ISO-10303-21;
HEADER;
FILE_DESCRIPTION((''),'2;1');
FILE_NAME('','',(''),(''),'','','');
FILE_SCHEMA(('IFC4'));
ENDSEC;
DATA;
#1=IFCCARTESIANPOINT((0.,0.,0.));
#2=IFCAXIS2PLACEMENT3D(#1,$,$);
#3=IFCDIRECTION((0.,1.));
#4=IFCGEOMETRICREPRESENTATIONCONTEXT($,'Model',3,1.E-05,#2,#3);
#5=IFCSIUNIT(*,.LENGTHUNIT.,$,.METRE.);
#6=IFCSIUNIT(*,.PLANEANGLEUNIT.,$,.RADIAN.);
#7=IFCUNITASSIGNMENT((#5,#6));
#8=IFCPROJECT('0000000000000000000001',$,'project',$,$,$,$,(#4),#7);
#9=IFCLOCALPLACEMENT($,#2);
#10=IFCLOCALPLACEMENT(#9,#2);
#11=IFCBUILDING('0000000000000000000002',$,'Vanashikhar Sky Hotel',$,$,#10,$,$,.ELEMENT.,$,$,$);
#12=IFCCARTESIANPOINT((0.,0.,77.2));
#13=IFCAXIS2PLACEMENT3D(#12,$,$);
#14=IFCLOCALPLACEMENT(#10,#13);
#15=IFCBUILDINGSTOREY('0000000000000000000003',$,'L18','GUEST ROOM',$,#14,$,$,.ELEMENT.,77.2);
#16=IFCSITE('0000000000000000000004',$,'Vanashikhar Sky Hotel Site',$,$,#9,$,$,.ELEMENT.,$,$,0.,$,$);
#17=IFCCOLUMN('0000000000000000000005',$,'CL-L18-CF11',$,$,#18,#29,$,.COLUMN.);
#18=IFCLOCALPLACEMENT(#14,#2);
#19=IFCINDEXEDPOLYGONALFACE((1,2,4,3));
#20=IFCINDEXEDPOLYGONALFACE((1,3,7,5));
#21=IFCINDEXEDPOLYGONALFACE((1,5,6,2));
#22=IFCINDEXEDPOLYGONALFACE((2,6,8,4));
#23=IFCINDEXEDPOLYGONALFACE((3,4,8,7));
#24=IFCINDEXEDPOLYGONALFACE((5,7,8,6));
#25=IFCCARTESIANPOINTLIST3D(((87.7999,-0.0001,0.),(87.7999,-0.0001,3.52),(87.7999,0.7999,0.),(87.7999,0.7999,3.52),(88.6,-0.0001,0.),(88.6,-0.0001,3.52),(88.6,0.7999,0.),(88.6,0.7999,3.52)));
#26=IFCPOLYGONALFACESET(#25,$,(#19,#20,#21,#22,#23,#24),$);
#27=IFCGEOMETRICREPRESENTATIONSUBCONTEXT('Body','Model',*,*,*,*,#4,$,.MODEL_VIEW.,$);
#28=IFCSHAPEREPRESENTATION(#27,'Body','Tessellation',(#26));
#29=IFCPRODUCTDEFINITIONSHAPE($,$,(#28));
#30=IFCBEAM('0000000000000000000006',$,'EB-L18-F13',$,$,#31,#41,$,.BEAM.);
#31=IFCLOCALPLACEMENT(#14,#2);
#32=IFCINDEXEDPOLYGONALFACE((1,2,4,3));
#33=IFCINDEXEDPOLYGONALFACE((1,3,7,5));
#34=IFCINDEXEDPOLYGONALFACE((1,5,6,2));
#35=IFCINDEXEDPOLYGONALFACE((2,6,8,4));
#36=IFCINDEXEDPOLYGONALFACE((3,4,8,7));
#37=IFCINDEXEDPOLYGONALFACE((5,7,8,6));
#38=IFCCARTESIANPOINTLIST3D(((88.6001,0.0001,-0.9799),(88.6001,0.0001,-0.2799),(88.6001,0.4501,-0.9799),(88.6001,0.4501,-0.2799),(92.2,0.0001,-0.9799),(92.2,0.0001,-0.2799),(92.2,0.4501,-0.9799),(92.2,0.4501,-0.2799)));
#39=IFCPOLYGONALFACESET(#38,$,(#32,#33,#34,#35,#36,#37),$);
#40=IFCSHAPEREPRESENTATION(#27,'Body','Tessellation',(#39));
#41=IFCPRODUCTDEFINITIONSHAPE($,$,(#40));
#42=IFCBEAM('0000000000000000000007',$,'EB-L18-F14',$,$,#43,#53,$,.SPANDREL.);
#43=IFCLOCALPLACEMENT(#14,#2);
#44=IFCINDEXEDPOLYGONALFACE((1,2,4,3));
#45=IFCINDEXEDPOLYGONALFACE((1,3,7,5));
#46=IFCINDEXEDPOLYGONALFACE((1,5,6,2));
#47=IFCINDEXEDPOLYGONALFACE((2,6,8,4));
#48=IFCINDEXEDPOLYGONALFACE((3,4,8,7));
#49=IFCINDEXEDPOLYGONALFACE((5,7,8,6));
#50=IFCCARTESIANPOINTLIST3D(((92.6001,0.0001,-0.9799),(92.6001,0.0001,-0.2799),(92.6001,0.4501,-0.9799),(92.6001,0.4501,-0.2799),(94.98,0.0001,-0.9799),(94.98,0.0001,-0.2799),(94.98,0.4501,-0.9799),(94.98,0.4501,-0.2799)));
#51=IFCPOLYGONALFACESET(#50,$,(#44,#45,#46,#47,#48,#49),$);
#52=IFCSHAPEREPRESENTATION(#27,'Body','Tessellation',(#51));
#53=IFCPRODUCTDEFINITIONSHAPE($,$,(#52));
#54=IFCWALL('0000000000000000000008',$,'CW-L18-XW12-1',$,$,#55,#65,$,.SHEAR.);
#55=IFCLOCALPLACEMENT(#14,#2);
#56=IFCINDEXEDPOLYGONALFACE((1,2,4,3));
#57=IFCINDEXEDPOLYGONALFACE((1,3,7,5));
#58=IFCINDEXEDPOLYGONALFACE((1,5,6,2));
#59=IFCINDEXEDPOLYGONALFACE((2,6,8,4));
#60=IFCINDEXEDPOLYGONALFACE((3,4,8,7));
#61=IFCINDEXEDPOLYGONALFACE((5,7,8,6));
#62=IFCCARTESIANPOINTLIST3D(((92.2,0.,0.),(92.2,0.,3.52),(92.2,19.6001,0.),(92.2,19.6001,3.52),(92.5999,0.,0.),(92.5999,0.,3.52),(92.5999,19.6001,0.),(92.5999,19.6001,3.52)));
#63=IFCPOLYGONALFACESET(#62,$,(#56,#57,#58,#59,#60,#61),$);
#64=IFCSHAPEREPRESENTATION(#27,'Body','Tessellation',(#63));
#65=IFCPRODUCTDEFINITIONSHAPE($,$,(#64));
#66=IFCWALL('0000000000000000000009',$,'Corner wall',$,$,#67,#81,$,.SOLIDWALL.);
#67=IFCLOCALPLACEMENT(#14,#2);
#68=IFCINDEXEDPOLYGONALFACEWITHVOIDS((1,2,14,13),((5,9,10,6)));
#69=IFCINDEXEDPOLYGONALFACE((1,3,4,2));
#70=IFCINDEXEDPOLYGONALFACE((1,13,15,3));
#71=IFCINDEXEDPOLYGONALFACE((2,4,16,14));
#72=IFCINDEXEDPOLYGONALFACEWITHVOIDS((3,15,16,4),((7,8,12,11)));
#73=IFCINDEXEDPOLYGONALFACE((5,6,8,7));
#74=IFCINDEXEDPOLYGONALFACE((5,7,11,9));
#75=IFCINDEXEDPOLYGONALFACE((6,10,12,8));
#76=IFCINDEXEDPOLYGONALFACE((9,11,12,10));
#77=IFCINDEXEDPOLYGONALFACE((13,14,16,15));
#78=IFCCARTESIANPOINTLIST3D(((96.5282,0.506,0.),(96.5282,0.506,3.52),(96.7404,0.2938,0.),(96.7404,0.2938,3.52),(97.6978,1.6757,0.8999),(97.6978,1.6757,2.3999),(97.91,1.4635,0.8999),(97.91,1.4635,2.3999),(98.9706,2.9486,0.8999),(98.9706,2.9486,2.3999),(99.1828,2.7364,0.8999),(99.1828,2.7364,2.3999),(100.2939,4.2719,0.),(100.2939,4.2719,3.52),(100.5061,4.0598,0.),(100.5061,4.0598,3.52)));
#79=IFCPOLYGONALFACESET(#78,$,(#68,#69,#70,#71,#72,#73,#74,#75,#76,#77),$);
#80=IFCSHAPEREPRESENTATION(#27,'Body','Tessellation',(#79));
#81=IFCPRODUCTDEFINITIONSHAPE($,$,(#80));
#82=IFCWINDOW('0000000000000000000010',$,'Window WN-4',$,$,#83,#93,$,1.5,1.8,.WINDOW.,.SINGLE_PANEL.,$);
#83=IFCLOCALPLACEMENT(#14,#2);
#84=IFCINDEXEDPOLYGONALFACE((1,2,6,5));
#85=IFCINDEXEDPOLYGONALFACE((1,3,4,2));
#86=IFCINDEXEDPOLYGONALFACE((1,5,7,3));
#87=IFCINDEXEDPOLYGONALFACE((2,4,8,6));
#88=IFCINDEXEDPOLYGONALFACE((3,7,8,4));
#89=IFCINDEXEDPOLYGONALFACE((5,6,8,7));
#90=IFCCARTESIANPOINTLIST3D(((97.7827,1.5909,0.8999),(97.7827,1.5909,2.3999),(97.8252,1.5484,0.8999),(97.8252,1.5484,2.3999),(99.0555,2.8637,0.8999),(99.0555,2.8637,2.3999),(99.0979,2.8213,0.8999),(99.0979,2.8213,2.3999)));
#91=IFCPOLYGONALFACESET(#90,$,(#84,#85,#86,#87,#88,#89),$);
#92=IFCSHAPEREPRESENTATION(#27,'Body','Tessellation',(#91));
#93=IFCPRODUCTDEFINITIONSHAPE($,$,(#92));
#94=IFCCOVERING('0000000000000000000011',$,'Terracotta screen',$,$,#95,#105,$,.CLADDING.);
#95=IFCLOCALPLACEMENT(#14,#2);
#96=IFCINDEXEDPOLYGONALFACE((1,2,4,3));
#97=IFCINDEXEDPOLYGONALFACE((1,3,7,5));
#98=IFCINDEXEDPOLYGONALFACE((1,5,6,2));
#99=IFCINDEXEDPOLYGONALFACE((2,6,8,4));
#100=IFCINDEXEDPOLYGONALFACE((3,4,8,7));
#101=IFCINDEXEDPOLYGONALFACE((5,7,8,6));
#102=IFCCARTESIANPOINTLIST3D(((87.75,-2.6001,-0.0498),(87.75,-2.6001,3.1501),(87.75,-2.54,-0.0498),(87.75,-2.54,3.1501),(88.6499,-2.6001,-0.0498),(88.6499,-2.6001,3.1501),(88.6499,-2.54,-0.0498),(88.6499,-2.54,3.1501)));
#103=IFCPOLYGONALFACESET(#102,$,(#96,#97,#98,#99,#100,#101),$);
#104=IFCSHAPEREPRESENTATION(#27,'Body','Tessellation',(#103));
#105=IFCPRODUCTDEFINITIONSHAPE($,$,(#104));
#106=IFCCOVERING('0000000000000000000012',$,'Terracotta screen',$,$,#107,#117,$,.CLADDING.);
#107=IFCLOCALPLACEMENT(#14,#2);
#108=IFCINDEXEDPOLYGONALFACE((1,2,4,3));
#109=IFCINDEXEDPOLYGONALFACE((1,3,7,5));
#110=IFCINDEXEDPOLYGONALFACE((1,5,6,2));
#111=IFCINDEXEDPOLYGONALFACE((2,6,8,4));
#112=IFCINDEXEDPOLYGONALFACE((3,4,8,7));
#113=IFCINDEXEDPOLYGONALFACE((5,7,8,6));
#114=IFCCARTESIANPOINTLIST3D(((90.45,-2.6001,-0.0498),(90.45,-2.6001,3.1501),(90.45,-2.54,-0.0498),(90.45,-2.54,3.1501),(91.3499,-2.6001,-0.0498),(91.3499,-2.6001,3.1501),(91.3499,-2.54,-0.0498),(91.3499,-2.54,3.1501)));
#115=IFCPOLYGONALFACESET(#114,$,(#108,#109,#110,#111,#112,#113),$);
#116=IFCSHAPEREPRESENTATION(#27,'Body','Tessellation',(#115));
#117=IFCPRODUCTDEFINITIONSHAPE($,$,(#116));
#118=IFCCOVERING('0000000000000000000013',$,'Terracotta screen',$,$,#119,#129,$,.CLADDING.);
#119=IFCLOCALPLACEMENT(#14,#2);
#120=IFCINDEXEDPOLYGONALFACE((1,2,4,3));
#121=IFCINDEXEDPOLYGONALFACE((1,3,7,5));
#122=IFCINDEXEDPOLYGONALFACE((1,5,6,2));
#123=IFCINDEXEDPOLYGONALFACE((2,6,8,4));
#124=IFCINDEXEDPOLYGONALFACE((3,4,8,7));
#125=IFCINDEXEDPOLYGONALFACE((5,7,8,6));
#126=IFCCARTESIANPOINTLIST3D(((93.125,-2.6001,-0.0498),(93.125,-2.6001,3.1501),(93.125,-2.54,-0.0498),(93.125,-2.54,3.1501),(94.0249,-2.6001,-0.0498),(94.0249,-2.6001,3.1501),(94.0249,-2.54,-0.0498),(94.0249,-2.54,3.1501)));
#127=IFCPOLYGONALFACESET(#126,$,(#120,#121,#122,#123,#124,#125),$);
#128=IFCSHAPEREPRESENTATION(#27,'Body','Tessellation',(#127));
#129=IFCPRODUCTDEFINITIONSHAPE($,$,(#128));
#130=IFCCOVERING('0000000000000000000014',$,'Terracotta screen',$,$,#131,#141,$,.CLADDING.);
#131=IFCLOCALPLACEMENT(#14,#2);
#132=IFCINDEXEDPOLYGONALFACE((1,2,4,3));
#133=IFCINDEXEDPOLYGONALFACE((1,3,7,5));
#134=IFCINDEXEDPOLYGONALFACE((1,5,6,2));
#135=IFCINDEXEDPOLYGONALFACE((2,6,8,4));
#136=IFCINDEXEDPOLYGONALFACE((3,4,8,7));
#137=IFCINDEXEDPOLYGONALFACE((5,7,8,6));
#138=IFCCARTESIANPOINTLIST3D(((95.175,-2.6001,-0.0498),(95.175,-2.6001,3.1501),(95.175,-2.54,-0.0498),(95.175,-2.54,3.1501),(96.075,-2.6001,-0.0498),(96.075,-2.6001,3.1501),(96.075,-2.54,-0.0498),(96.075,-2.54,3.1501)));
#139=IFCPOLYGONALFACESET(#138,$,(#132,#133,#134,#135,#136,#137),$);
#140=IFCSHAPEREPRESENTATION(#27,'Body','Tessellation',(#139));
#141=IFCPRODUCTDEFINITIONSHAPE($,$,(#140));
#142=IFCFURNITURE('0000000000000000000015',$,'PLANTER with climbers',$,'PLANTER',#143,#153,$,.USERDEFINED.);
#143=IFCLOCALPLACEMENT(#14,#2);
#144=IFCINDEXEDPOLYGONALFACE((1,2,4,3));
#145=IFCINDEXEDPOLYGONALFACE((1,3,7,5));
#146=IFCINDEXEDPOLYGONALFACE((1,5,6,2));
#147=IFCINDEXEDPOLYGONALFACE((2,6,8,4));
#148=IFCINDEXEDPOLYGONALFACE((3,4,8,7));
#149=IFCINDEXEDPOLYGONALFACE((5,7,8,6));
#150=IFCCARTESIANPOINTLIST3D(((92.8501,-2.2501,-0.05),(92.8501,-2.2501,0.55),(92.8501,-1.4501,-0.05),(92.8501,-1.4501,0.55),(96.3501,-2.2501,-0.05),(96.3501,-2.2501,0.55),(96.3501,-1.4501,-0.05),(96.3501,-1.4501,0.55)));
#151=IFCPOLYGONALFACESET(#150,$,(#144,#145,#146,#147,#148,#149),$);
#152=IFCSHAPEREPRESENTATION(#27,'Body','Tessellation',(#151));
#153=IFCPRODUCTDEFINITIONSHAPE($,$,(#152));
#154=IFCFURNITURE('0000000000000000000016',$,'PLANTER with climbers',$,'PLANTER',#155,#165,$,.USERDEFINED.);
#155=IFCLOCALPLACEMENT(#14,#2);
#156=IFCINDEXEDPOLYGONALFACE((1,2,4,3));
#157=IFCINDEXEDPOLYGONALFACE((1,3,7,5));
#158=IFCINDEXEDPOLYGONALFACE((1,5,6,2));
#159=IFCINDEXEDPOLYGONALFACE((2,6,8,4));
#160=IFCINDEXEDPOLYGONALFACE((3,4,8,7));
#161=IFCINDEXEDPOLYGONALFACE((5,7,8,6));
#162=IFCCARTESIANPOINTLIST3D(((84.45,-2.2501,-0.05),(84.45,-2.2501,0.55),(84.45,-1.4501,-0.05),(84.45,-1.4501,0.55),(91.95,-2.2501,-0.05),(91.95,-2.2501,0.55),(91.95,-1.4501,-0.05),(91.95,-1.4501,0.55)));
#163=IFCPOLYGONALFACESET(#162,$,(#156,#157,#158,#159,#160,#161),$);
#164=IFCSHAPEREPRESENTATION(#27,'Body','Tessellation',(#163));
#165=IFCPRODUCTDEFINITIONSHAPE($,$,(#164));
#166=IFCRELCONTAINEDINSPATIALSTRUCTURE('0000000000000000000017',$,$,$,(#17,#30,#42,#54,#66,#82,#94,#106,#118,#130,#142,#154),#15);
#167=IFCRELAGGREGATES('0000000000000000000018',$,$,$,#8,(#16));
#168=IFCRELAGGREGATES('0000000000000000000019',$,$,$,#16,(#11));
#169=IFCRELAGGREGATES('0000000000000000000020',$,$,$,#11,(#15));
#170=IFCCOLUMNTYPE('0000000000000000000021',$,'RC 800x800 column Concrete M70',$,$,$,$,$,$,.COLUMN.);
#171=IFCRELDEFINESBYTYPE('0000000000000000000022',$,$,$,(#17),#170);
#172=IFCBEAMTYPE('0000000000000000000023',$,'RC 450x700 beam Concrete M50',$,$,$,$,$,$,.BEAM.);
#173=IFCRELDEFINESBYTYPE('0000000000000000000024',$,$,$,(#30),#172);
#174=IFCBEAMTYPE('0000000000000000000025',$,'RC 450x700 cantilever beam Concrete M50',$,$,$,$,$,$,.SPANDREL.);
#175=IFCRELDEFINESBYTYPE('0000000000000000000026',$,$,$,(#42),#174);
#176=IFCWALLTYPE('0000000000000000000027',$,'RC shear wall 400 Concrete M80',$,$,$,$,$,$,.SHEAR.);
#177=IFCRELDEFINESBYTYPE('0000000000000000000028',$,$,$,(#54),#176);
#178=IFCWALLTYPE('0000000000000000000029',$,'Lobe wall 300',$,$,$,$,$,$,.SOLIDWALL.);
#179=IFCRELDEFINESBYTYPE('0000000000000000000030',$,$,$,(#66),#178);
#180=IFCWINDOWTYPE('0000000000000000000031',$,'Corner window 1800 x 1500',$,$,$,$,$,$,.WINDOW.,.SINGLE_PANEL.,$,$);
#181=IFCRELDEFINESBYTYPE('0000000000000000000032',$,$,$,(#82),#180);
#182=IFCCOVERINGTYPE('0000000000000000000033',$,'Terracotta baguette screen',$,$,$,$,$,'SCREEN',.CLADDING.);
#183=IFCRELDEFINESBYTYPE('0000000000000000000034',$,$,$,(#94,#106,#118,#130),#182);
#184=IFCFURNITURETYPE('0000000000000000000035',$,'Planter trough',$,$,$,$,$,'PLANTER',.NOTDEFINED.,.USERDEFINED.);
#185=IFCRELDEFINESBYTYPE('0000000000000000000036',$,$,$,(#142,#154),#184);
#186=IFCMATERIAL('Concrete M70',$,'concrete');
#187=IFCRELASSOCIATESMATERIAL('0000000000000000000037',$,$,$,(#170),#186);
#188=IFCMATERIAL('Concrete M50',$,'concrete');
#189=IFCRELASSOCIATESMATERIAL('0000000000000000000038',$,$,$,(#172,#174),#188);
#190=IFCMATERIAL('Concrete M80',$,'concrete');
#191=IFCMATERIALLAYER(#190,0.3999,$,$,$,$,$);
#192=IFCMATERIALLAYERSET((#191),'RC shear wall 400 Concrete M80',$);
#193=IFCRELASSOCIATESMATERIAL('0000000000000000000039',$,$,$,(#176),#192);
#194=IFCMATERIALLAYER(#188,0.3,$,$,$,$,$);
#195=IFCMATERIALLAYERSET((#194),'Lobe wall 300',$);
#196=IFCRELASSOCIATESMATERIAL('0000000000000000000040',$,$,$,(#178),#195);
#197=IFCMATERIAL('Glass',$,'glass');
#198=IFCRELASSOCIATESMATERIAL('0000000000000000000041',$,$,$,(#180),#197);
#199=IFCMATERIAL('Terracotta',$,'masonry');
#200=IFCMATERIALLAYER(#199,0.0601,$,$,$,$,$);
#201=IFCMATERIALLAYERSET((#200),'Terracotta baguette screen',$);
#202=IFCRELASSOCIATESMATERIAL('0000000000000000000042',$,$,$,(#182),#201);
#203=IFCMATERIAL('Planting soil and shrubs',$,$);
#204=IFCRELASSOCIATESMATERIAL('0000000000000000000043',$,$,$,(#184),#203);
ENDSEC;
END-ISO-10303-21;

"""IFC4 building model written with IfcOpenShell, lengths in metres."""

from ifc_helpers import new_model, si_unit, direction, frame, frame_2d, origin, origin_2d, place, context, subcontext, project, spatial, rectangle, extrude, source, transform, mapped, material, layer, layer_set, material_profile, profile_set, type_object, element, fill, save


model = new_model("IFC4")

# Units and contexts
model_context = context("Model", 3, precision=1e-05, world=origin(), true_north=direction((0.0, 1.0)))
body_context = subcontext(model_context, "Body", "Model", "MODEL_VIEW")
ifc_project = project(units=[si_unit("LENGTHUNIT", "METRE"), si_unit("PLANEANGLEUNIT", "RADIAN")], contexts=[model_context])

# Site, building, storey
site_placement = place(None, origin())
site = spatial("IfcSite", under=ifc_project, at=site_placement, Name="Vanashikhar Sky Hotel Site", CompositionType="ELEMENT", RefElevation=0.0)
building_placement = place(site_placement, origin())
building = spatial("IfcBuilding", under=site, at=building_placement, Name="Vanashikhar Sky Hotel", CompositionType="ELEMENT")
storey_placement = place(building_placement, frame((0.0, 0.0, 77.2)))
storey = spatial("IfcBuildingStorey", under=building, at=storey_placement, Name="L18", Description="GUEST ROOM", CompositionType="ELEMENT", Elevation=77.2)

# Column
ifc_material_1 = material(Name="Concrete M70", Category="concrete")
ifc_material_profile_1 = material_profile(ifc_material_1, rectangle(XDim=0.8, YDim=0.8, at=origin_2d()))
ifc_profile_set_1 = profile_set([ifc_material_profile_1], Name="RC 800x800 column Concrete M70")
column_type = type_object("IfcColumnType", Name="RC 800x800 column Concrete M70", PredefinedType="COLUMN", material=ifc_profile_set_1)
shared_shape_1 = source(origin(), body_context, "Body", "SweptSolid", [
    extrude(rectangle(XDim=0.8, YDim=0.8, at=origin_2d()), origin(), (0.0, 0.0, 1.0), 3.52),
])
column_placement = place(storey_placement, frame((88.2, 0.3999, 0.0), z_axis=(0.0, 0.0, 1.0), x_axis=(1.0, 0.0, 0.0)))
element("IfcColumn", 1, at=column_placement, inside=storey, type_object=column_type, Name="CL-L18-CF11", PredefinedType="COLUMN", context=body_context, shape_type="MappedRepresentation", body=[
    mapped(shared_shape_1, transform((0.0, 0.0, 0.0), scale=1.0)),
])

# Beams
ifc_material_2 = material(Name="Concrete M50", Category="concrete")
ifc_material_profile_2 = material_profile(ifc_material_2, rectangle(XDim=0.45, YDim=0.7, at=origin_2d()))
ifc_profile_set_2 = profile_set([ifc_material_profile_2], Name="RC 450x700 beam Concrete M50")
beam_type_1 = type_object("IfcBeamType", Name="RC 450x700 beam Concrete M50", PredefinedType="BEAM", material=ifc_profile_set_2)
shared_shape_2 = source(origin(), body_context, "Body", "SweptSolid", [
    extrude(rectangle(XDim=0.45, YDim=0.7, at=origin_2d()), origin(), (0.0, 0.0, 1.0), 3.5999),
])
beam_1_placement = place(storey_placement, frame((88.6001, 0.2251, -0.6299), z_axis=(1.0, 0.0, 0.0), x_axis=(0.0, 1.0, 0.0)))
element("IfcBeam", 2, at=beam_1_placement, inside=storey, type_object=beam_type_1, Name="EB-L18-F13", PredefinedType="BEAM", context=body_context, shape_type="MappedRepresentation", body=[
    mapped(shared_shape_2, transform((0.0, 0.0, 0.0), scale=1.0)),
])
ifc_material_profile_3 = material_profile(ifc_material_2, rectangle(XDim=0.45, YDim=0.7, at=origin_2d()))
ifc_profile_set_3 = profile_set([ifc_material_profile_3], Name="RC 450x700 cantilever beam Concrete M50")
beam_type_2 = type_object("IfcBeamType", Name="RC 450x700 cantilever beam Concrete M50", PredefinedType="SPANDREL", material=ifc_profile_set_3)
shared_shape_3 = source(origin(), body_context, "Body", "SweptSolid", [
    extrude(rectangle(XDim=0.45, YDim=0.7, at=origin_2d()), origin(), (0.0, 0.0, 1.0), 2.3799),
])
beam_2_placement = place(storey_placement, frame((92.6001, 0.2251, -0.6299), z_axis=(1.0, 0.0, 0.0), x_axis=(0.0, 1.0, 0.0)))
element("IfcBeam", 3, at=beam_2_placement, inside=storey, type_object=beam_type_2, Name="EB-L18-F14", PredefinedType="SPANDREL", context=body_context, shape_type="MappedRepresentation", body=[
    mapped(shared_shape_3, transform((0.0, 0.0, 0.0), scale=1.0)),
])

# Wall
ifc_material_3 = material(Name="Concrete M80", Category="concrete")
ifc_layer_1 = layer(ifc_material_3, 0.3999)
ifc_layer_set_1 = layer_set([ifc_layer_1], Name="RC shear wall 400 Concrete M80")
wall_type_1 = type_object("IfcWallType", Name="RC shear wall 400 Concrete M80", PredefinedType="SHEAR", material=ifc_layer_set_1)
shared_shape_4 = source(origin(), body_context, "Body", "SweptSolid", [
    extrude(rectangle(XDim=19.6001, YDim=0.3999, at=frame_2d((9.8, 0.0))), origin(), (0.0, 0.0, 1.0), 3.52),
])
wall_1_placement = place(storey_placement, frame((92.3999, 0.0, 0.0), z_axis=(0.0, 0.0, 1.0), x_axis=(0.0, 1.0, 0.0)))
element("IfcWall", 4, at=wall_1_placement, inside=storey, type_object=wall_type_1, Name="CW-L18-XW12-1", PredefinedType="SHEAR", context=body_context, shape_type="MappedRepresentation", body=[
    mapped(shared_shape_4, transform((0.0, 0.0, 0.0), scale=1.0)),
])

# Wall, opening, window
ifc_layer_2 = layer(ifc_material_2, 0.3)
ifc_layer_set_2 = layer_set([ifc_layer_2], Name="Lobe wall 300")
wall_type_2 = type_object("IfcWallType", Name="Lobe wall 300", PredefinedType="SOLIDWALL", material=ifc_layer_set_2)
shared_shape_5 = source(origin(), body_context, "Body", "SweptSolid", [
    extrude(rectangle(XDim=5.3257, YDim=0.3, at=frame_2d((2.6628, 0.0))), origin(), (0.0, 0.0, 1.0), 3.52),
])
wall_2_placement = place(storey_placement, frame((96.6343, 0.3999, 0.0), z_axis=(0.0, 0.0, 1.0), x_axis=(0.707084, 0.70713, 0.0)))
wall_2 = element("IfcWall", 5, at=wall_2_placement, inside=storey, type_object=wall_type_2, Name="Corner wall", PredefinedType="SOLIDWALL", context=body_context, shape_type="MappedRepresentation", body=[
    mapped(shared_shape_5, transform((0.0, 0.0, 0.0), scale=1.0)),
])
shared_shape_6 = source(origin(), body_context, "Body", "SweptSolid", [
    extrude(rectangle(XDim=1.8, YDim=1.5, at=frame_2d((0.8999, 0.75))), frame((0.0, 0.1602, 0.0), z_axis=(0.0, -1.0, 0.0), x_axis=(1.0, 0.0, 0.0)), (0.0, 0.0, 1.0), 0.3201),
])
opening_1_placement = place(wall_2_placement, frame((1.6543, 0.0, 0.8999)))
opening_1 = element("IfcOpeningElement", 6, at=opening_1_placement, cuts=wall_2, PredefinedType="OPENING", context=body_context, shape_type="MappedRepresentation", body=[
    mapped(shared_shape_6, transform((0.0, 0.0, 0.0), scale=1.0)),
])
ifc_material_4 = material(Name="Glass", Category="glass")
window_type_1 = type_object("IfcWindowType", Name="Corner window 1800 x 1500", PartitioningType="SINGLE_PANEL", PredefinedType="WINDOW", material=ifc_material_4)
shared_shape_7 = source(origin(), body_context, "Body", "SweptSolid", [
    extrude(rectangle(XDim=1.8, YDim=1.5, at=frame_2d((0.8999, 0.75))), frame((0.0, 0.03, 0.0), z_axis=(0.0, -1.0, 0.0), x_axis=(1.0, 0.0, 0.0)), (0.0, 0.0, 1.0), 0.0601),
])
window_1_placement = place(opening_1_placement, origin())
window_1 = element("IfcWindow", 7, at=window_1_placement, inside=storey, type_object=window_type_1, Name="Window WN-4", OverallHeight=1.5, OverallWidth=1.8, PartitioningType="SINGLE_PANEL", PredefinedType="WINDOW", context=body_context, shape_type="MappedRepresentation", body=[
    mapped(shared_shape_7, transform((0.0, 0.0, 0.0), scale=1.0)),
])
fill(opening_1, window_1)

# Coverings
ifc_material_5 = material(Name="Terracotta", Category="masonry")
ifc_layer_3 = layer(ifc_material_5, 0.0601)
ifc_layer_set_3 = layer_set([ifc_layer_3], Name="Terracotta baguette screen")
covering_type = type_object("IfcCoveringType", Name="Terracotta baguette screen", ElementType="SCREEN", PredefinedType="CLADDING", material=ifc_layer_set_3)
shared_shape_8 = source(origin(), body_context, "Body", "SweptSolid", [
    extrude(rectangle(XDim=0.8999, YDim=0.0601, at=origin_2d()), origin(), (0.0, 0.0, 1.0), 3.2),
])
for number, where, z_axis, x_axis, name in (
    (8, (88.2, -2.5701, -0.0498), (0.0, 0.0, 1.0), (1.0, 0.0, 0.0), "Terracotta screen"),
    (9, (90.8999, -2.5701, -0.0498), (0.0, 0.0, 1.0), (1.0, 0.0, 0.0), "Terracotta screen"),
    (10, (93.575, -2.5701, -0.0498), (0.0, 0.0, 1.0), (1.0, 0.0, 0.0), "Terracotta screen"),
    (11, (95.625, -2.5701, -0.0498), (0.0, 0.0, 1.0), (1.0, 0.0, 0.0), "Terracotta screen"),
):
    element("IfcCovering", number, at=place(storey_placement, frame(where, z_axis=z_axis, x_axis=x_axis)), inside=storey, type_object=covering_type, Name=name, PredefinedType="CLADDING", context=body_context, shape_type="MappedRepresentation", body=[
        mapped(shared_shape_8, transform((0.0, 0.0, 0.0), scale=1.0)),
    ])

# Furniture
ifc_material_6 = material(Name="Planting soil and shrubs")
furniture_type = type_object("IfcFurnitureType", Name="Planter trough", ElementType="PLANTER", AssemblyPlace="NOTDEFINED", PredefinedType="USERDEFINED", material=ifc_material_6)
shared_shape_9 = source(origin(), body_context, "Body", "SweptSolid", [
    extrude(rectangle(XDim=3.5, YDim=0.8, at=origin_2d()), origin(), (0.0, 0.0, 1.0), 0.6001),
])
furniture_1_placement = place(storey_placement, frame((94.6001, -1.8501, -0.05), z_axis=(0.0, 0.0, 1.0), x_axis=(1.0, 0.0, 0.0)))
element("IfcFurniture", 12, at=furniture_1_placement, inside=storey, type_object=furniture_type, Name="PLANTER with climbers", ObjectType="PLANTER", PredefinedType="USERDEFINED", context=body_context, shape_type="MappedRepresentation", body=[
    mapped(shared_shape_9, transform((0.0, 0.0, 0.0), scale=1.0)),
])
shared_shape_10 = source(origin(), body_context, "Body", "SweptSolid", [
    extrude(rectangle(XDim=7.5, YDim=0.8, at=origin_2d()), origin(), (0.0, 0.0, 1.0), 0.6001),
])
furniture_2_placement = place(storey_placement, frame((88.2, -1.8501, -0.05), z_axis=(0.0, 0.0, 1.0), x_axis=(1.0, 0.0, 0.0)))
element("IfcFurniture", 13, at=furniture_2_placement, inside=storey, type_object=furniture_type, Name="PLANTER with climbers", ObjectType="PLANTER", PredefinedType="USERDEFINED", context=body_context, shape_type="MappedRepresentation", body=[
    mapped(shared_shape_10, transform((0.0, 0.0, 0.0), scale=1.0)),
])

save(model, "model.ifc")
